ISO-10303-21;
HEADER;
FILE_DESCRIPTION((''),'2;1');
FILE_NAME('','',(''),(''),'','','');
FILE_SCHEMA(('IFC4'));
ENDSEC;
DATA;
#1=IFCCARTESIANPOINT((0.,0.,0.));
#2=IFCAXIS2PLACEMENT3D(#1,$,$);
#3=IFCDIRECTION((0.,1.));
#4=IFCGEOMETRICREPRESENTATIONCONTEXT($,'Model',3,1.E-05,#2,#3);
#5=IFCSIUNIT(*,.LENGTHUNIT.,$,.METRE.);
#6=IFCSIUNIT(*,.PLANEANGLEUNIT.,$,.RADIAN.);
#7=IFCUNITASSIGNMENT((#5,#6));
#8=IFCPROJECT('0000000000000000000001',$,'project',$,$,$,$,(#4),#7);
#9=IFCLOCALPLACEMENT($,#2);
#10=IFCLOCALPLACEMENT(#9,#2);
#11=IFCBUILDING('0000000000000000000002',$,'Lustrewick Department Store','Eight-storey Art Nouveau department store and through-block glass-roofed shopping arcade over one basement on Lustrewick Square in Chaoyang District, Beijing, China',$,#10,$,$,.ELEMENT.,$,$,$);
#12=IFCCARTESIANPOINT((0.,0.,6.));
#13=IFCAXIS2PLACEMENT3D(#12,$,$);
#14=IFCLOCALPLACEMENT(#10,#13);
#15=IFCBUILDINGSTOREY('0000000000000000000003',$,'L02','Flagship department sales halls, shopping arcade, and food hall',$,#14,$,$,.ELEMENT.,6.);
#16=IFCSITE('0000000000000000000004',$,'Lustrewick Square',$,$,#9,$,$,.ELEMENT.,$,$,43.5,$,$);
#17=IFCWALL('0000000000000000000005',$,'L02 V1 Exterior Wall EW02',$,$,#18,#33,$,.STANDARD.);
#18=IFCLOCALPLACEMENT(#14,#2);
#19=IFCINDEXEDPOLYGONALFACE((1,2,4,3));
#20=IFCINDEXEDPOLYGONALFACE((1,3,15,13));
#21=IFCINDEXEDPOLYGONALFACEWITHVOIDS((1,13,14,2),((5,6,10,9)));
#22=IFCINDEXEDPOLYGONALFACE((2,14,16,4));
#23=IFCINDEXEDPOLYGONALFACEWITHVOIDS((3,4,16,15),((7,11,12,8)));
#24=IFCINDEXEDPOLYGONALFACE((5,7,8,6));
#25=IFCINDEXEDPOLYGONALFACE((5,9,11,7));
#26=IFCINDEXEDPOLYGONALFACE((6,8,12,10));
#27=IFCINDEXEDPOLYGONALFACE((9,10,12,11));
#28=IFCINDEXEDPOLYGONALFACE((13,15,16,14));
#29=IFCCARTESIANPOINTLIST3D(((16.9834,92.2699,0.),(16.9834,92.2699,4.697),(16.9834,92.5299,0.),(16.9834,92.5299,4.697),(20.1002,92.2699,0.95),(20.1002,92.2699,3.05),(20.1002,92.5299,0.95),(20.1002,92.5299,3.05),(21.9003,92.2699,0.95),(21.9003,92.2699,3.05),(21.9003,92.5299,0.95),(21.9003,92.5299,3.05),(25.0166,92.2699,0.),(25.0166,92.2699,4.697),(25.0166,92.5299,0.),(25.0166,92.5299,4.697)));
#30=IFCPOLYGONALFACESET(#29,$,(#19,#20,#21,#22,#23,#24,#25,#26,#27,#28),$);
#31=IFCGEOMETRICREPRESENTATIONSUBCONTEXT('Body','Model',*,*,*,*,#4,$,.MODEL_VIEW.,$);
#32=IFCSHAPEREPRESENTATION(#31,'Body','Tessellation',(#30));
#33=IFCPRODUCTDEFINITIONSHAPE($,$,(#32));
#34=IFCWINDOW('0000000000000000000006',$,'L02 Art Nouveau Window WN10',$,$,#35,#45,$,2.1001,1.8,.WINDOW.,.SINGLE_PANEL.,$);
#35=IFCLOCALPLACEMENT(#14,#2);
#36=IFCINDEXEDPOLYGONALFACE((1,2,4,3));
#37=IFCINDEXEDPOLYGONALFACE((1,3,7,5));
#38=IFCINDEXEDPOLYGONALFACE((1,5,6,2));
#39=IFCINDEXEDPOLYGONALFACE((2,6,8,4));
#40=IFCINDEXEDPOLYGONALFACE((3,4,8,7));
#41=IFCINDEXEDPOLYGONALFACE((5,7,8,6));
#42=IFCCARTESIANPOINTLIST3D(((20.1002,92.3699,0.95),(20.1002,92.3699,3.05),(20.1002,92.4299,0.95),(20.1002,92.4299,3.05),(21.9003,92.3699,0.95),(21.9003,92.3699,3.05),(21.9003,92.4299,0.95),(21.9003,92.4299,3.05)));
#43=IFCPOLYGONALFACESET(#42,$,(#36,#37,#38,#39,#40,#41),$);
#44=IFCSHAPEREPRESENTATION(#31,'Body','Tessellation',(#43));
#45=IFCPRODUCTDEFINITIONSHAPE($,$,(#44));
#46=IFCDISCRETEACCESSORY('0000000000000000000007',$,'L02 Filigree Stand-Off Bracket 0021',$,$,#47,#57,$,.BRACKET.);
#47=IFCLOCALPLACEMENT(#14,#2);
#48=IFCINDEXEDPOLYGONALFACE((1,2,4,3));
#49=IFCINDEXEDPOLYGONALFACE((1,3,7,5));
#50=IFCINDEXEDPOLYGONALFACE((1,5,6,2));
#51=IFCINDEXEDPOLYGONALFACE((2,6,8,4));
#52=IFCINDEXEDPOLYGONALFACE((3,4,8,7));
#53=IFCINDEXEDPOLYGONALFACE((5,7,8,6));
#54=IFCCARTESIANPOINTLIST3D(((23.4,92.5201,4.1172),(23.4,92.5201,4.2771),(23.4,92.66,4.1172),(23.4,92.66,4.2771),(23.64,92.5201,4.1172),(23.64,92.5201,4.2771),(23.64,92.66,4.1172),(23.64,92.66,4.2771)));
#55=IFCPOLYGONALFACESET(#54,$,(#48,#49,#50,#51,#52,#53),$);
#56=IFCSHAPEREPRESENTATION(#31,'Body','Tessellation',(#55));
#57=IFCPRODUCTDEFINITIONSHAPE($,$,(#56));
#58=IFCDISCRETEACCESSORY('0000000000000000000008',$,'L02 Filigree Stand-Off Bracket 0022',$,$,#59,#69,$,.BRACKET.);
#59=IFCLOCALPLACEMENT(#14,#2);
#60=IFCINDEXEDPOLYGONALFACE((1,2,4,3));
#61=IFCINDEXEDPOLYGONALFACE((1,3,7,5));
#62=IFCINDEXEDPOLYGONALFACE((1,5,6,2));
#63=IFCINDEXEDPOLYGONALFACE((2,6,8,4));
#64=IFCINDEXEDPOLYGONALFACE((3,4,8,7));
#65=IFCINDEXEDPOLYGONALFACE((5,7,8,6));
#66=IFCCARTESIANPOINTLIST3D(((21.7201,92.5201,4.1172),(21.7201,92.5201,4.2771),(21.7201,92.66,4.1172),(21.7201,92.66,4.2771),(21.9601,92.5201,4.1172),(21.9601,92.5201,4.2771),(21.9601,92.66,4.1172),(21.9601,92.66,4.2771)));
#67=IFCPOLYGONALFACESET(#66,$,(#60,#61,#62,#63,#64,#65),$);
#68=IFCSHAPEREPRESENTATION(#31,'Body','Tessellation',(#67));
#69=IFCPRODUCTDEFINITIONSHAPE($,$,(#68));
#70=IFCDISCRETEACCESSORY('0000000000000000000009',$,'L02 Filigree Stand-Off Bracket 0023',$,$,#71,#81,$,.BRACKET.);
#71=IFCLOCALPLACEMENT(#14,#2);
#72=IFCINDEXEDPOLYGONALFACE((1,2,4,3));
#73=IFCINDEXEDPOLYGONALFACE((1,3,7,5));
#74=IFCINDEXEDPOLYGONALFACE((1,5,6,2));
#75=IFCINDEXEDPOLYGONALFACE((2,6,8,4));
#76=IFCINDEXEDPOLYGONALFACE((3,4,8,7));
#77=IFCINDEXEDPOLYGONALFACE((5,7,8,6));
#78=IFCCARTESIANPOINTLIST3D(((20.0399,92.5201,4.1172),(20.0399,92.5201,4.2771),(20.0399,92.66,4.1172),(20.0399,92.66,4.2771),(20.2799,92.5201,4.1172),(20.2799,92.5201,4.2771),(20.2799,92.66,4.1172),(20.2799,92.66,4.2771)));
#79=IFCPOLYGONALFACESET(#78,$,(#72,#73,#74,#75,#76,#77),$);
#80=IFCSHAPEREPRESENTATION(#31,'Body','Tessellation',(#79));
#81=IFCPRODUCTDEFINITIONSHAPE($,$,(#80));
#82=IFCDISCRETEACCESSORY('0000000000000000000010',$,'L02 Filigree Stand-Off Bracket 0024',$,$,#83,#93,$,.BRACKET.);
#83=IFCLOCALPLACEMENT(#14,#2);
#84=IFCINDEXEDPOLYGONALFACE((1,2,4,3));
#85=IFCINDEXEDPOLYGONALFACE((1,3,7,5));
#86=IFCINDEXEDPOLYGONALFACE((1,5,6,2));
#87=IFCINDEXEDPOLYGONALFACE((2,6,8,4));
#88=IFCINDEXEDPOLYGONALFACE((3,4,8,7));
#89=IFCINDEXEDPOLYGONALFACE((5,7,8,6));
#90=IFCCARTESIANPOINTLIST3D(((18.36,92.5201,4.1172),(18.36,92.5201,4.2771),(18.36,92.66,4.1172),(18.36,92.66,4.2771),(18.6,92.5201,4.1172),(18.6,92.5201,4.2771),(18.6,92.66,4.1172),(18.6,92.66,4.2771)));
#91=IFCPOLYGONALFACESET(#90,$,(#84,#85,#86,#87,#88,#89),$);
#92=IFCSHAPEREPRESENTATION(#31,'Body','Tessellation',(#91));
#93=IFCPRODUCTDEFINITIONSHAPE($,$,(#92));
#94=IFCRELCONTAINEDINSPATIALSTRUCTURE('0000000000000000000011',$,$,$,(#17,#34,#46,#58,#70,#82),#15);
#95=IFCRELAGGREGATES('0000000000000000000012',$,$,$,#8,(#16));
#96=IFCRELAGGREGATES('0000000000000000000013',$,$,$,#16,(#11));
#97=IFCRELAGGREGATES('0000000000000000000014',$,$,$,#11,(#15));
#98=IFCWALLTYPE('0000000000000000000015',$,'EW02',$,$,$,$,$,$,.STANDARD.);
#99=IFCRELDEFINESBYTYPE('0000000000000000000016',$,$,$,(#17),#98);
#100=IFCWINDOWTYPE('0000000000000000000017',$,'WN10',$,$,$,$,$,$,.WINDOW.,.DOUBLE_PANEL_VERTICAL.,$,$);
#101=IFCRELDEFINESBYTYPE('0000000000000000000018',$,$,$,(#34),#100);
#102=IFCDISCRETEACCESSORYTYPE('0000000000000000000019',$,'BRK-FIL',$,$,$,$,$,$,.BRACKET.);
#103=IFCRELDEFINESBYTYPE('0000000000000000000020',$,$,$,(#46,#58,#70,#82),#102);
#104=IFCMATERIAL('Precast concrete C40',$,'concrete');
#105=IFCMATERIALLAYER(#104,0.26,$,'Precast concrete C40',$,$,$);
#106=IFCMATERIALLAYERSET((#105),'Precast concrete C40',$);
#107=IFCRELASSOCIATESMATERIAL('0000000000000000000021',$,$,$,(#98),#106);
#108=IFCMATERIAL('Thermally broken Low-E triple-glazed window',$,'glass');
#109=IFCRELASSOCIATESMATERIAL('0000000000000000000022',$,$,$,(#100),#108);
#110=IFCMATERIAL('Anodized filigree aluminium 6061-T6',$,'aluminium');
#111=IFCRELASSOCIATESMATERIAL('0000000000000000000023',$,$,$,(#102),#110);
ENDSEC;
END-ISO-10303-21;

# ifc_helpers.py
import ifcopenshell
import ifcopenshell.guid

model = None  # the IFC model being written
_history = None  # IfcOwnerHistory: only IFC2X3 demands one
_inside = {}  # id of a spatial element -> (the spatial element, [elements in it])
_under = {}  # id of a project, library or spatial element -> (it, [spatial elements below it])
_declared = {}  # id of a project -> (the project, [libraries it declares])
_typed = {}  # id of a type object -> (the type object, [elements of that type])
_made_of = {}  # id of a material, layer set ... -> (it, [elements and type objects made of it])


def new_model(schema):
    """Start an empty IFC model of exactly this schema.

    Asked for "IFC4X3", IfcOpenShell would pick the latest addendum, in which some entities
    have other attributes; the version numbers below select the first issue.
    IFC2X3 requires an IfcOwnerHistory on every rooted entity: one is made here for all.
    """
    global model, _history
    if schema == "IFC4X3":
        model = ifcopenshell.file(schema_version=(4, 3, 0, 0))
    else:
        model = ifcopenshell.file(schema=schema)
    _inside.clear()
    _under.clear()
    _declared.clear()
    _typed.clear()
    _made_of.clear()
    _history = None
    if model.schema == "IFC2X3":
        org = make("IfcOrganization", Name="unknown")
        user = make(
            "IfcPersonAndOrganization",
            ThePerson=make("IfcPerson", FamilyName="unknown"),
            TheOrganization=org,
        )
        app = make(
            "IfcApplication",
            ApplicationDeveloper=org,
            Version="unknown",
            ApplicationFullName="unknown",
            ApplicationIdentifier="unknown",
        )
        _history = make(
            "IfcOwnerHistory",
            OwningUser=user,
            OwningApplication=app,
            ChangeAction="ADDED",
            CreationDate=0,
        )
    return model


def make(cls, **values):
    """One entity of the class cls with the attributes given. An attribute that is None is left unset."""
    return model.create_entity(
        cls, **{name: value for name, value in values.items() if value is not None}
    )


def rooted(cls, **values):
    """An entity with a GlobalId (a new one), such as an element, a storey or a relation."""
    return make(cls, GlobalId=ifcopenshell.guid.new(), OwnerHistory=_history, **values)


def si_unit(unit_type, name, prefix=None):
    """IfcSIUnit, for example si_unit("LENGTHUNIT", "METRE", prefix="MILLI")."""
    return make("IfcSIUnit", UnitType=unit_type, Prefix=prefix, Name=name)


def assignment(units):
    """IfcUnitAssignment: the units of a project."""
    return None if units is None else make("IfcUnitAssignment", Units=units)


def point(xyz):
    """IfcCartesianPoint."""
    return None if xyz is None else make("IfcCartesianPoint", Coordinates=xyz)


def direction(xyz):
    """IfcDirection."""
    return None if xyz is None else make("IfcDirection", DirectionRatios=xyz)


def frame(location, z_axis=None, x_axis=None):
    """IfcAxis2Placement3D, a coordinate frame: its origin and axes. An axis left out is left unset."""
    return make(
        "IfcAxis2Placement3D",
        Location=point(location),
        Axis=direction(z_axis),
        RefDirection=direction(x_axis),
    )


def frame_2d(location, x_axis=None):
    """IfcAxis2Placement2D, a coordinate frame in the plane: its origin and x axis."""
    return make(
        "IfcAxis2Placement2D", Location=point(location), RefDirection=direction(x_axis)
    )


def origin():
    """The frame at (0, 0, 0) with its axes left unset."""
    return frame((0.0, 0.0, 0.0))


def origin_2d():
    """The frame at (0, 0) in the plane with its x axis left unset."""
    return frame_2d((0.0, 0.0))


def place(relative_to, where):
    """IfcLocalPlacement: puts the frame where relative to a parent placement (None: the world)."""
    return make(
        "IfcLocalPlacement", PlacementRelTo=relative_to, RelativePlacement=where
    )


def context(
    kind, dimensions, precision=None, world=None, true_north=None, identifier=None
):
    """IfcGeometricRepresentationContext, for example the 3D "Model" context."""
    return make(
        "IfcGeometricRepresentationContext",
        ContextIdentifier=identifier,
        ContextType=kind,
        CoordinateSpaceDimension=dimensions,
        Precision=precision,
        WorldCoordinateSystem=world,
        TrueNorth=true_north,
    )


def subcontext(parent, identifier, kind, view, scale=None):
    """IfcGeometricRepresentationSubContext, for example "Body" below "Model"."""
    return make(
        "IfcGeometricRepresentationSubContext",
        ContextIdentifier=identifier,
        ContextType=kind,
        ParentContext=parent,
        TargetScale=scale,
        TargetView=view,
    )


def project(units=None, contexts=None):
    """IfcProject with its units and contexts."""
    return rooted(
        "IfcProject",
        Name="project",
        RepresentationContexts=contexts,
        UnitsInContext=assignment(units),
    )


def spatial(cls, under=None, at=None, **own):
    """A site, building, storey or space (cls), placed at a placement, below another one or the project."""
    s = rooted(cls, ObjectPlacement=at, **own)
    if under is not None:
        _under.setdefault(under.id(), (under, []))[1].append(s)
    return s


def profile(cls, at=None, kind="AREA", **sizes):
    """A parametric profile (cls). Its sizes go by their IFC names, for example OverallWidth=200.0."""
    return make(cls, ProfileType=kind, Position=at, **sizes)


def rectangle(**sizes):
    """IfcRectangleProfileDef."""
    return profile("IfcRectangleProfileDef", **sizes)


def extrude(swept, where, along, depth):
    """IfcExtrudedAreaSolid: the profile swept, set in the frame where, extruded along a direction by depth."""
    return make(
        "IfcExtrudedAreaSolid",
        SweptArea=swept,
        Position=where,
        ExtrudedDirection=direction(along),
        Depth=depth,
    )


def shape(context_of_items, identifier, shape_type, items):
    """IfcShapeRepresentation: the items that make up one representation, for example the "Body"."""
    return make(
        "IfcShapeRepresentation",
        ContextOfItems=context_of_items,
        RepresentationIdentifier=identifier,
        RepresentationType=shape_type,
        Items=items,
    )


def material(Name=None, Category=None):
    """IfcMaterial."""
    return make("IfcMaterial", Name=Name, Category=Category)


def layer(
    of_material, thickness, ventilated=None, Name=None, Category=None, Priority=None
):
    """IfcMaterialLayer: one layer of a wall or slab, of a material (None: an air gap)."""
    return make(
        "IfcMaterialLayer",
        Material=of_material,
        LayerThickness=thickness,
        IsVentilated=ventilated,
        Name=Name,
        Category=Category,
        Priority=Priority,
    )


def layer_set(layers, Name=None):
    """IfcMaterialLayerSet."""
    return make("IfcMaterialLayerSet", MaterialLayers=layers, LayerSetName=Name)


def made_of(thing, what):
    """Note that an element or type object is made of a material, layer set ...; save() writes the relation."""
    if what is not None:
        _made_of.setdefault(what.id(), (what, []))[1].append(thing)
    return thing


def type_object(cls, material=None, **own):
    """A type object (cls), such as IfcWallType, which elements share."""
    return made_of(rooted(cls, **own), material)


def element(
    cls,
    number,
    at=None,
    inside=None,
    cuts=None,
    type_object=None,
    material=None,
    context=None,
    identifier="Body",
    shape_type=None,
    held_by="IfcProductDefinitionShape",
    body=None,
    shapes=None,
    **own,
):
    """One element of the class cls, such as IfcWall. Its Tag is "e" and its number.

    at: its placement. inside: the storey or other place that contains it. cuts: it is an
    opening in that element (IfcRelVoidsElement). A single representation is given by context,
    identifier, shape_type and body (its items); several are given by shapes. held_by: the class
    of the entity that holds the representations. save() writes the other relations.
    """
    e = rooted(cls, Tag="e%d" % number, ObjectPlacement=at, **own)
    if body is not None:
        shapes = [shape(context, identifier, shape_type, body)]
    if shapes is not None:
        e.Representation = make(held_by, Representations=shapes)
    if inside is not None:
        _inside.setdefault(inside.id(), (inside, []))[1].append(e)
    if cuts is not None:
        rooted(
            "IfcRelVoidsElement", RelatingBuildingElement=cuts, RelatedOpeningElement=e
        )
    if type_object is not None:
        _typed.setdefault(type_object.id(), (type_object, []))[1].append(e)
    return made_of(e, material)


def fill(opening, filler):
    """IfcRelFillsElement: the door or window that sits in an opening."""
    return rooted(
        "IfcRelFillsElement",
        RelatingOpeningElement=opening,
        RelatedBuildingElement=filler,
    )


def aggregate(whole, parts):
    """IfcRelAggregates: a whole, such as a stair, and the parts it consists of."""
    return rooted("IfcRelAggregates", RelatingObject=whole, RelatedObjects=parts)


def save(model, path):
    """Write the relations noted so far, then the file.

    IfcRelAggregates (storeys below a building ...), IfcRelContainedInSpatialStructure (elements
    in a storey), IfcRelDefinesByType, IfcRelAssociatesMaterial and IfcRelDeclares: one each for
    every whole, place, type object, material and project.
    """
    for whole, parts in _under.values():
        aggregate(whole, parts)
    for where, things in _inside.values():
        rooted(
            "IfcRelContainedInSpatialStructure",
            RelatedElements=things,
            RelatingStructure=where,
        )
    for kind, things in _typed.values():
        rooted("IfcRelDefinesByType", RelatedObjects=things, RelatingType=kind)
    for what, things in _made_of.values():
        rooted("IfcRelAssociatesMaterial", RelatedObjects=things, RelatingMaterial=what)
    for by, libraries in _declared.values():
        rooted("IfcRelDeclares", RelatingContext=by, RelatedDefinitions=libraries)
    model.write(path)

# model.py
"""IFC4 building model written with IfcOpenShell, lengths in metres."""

from ifc_helpers import new_model, si_unit, direction, frame, frame_2d, origin, origin_2d, place, context, subcontext, project, spatial, rectangle, extrude, material, layer, layer_set, type_object, element, fill, save


model = new_model("IFC4")

# Units and contexts
model_context = context("Model", 3, precision=1e-05, world=origin(), true_north=direction((0.0, 1.0)))
body_context = subcontext(model_context, "Body", "Model", "MODEL_VIEW")
ifc_project = project(units=[si_unit("LENGTHUNIT", "METRE"), si_unit("PLANEANGLEUNIT", "RADIAN")], contexts=[model_context])

# Site, building, storey
site_placement = place(None, origin())
site = spatial("IfcSite", under=ifc_project, at=site_placement, Name="Lustrewick Square", CompositionType="ELEMENT", RefElevation=43.5)
building_placement = place(site_placement, origin())
building = spatial("IfcBuilding", under=site, at=building_placement, Name="Lustrewick Department Store", Description="Eight-storey Art Nouveau department store and through-block glass-roofed shopping arcade over one basement on Lustrewick Square in Chaoyang District, Beijing, China", CompositionType="ELEMENT")
storey_placement = place(building_placement, frame((0.0, 0.0, 6.0)))
storey = spatial("IfcBuildingStorey", under=building, at=storey_placement, Name="L02", Description="Flagship department sales halls, shopping arcade, and food hall", CompositionType="ELEMENT", Elevation=6.0)

# Wall, opening, window
ifc_material_1 = material(Name="Precast concrete C40", Category="concrete")
ifc_layer_1 = layer(ifc_material_1, 0.26, Name="Precast concrete C40")
ifc_layer_set_1 = layer_set([ifc_layer_1], Name="Precast concrete C40")
wall_type = type_object("IfcWallType", Name="EW02", PredefinedType="STANDARD", material=ifc_layer_set_1)
wall_placement = place(storey_placement, frame((25.0166, 92.3999, 0.0), z_axis=(0.0, 0.0, 1.0), x_axis=(-1.0, 0.0, 0.0)))
wall = element("IfcWall", 1, at=wall_placement, inside=storey, type_object=wall_type, Name="L02 V1 Exterior Wall EW02", PredefinedType="STANDARD", context=body_context, shape_type="SweptSolid", body=[
    extrude(rectangle(XDim=8.0332, YDim=0.26, at=frame_2d((4.0166, 0.0))), origin(), (0.0, 0.0, 1.0), 4.697),
])
opening_placement = place(wall_placement, frame((3.1165, 0.0, 0.95)))
opening = element("IfcOpeningElement", 2, at=opening_placement, cuts=wall, PredefinedType="OPENING", context=body_context, shape_type="SweptSolid", body=[
    extrude(rectangle(XDim=1.8, YDim=2.1001, at=frame_2d((0.8999, 1.05))), frame((0.0, 0.1401, 0.0), z_axis=(0.0, -1.0, 0.0), x_axis=(1.0, 0.0, 0.0)), (0.0, 0.0, 1.0), 0.28),
])
ifc_material_2 = material(Name="Thermally broken Low-E triple-glazed window", Category="glass")
window_type = type_object("IfcWindowType", Name="WN10", PartitioningType="DOUBLE_PANEL_VERTICAL", PredefinedType="WINDOW", material=ifc_material_2)
window_placement = place(opening_placement, origin())
window = element("IfcWindow", 3, at=window_placement, inside=storey, type_object=window_type, Name="L02 Art Nouveau Window WN10", OverallHeight=2.1001, OverallWidth=1.8, PartitioningType="SINGLE_PANEL", PredefinedType="WINDOW", context=body_context, shape_type="SweptSolid", body=[
    extrude(rectangle(XDim=1.8, YDim=2.1001, at=frame_2d((0.8999, 1.05))), frame((0.0, 0.03, 0.0), z_axis=(0.0, -1.0, 0.0), x_axis=(1.0, 0.0, 0.0)), (0.0, 0.0, 1.0), 0.0601),
])
fill(opening, window)

# Discrete accessories
ifc_material_3 = material(Name="Anodized filigree aluminium 6061-T6", Category="aluminium")
discrete_accessory_type = type_object("IfcDiscreteAccessoryType", Name="BRK-FIL", PredefinedType="BRACKET", material=ifc_material_3)
for number, where, z_axis, x_axis, name in (
    (4, (23.52, 92.5901, 4.1172), (0.0, 0.0, 1.0), (-1.0, 0.0, 0.0), "L02 Filigree Stand-Off Bracket 0021"),
    (5, (21.8401, 92.5901, 4.1172), (0.0, 0.0, 1.0), (-1.0, 0.0, 0.0), "L02 Filigree Stand-Off Bracket 0022"),
    (6, (20.1599, 92.5901, 4.1172), (0.0, 0.0, 1.0), (-1.0, 0.0, 0.0), "L02 Filigree Stand-Off Bracket 0023"),
    (7, (18.48, 92.5901, 4.1172), (0.0, 0.0, 1.0), (-1.0, 0.0, 0.0), "L02 Filigree Stand-Off Bracket 0024"),
):
    element("IfcDiscreteAccessory", number, at=place(storey_placement, frame(where, z_axis=z_axis, x_axis=x_axis)), inside=storey, type_object=discrete_accessory_type, Name=name, PredefinedType="BRACKET", context=body_context, shape_type="SweptSolid", body=[
        extrude(rectangle(XDim=0.24, YDim=0.1399, at=origin_2d()), origin(), (0.0, 0.0, 1.0), 0.1599),
    ])

save(model, "model.ifc")
